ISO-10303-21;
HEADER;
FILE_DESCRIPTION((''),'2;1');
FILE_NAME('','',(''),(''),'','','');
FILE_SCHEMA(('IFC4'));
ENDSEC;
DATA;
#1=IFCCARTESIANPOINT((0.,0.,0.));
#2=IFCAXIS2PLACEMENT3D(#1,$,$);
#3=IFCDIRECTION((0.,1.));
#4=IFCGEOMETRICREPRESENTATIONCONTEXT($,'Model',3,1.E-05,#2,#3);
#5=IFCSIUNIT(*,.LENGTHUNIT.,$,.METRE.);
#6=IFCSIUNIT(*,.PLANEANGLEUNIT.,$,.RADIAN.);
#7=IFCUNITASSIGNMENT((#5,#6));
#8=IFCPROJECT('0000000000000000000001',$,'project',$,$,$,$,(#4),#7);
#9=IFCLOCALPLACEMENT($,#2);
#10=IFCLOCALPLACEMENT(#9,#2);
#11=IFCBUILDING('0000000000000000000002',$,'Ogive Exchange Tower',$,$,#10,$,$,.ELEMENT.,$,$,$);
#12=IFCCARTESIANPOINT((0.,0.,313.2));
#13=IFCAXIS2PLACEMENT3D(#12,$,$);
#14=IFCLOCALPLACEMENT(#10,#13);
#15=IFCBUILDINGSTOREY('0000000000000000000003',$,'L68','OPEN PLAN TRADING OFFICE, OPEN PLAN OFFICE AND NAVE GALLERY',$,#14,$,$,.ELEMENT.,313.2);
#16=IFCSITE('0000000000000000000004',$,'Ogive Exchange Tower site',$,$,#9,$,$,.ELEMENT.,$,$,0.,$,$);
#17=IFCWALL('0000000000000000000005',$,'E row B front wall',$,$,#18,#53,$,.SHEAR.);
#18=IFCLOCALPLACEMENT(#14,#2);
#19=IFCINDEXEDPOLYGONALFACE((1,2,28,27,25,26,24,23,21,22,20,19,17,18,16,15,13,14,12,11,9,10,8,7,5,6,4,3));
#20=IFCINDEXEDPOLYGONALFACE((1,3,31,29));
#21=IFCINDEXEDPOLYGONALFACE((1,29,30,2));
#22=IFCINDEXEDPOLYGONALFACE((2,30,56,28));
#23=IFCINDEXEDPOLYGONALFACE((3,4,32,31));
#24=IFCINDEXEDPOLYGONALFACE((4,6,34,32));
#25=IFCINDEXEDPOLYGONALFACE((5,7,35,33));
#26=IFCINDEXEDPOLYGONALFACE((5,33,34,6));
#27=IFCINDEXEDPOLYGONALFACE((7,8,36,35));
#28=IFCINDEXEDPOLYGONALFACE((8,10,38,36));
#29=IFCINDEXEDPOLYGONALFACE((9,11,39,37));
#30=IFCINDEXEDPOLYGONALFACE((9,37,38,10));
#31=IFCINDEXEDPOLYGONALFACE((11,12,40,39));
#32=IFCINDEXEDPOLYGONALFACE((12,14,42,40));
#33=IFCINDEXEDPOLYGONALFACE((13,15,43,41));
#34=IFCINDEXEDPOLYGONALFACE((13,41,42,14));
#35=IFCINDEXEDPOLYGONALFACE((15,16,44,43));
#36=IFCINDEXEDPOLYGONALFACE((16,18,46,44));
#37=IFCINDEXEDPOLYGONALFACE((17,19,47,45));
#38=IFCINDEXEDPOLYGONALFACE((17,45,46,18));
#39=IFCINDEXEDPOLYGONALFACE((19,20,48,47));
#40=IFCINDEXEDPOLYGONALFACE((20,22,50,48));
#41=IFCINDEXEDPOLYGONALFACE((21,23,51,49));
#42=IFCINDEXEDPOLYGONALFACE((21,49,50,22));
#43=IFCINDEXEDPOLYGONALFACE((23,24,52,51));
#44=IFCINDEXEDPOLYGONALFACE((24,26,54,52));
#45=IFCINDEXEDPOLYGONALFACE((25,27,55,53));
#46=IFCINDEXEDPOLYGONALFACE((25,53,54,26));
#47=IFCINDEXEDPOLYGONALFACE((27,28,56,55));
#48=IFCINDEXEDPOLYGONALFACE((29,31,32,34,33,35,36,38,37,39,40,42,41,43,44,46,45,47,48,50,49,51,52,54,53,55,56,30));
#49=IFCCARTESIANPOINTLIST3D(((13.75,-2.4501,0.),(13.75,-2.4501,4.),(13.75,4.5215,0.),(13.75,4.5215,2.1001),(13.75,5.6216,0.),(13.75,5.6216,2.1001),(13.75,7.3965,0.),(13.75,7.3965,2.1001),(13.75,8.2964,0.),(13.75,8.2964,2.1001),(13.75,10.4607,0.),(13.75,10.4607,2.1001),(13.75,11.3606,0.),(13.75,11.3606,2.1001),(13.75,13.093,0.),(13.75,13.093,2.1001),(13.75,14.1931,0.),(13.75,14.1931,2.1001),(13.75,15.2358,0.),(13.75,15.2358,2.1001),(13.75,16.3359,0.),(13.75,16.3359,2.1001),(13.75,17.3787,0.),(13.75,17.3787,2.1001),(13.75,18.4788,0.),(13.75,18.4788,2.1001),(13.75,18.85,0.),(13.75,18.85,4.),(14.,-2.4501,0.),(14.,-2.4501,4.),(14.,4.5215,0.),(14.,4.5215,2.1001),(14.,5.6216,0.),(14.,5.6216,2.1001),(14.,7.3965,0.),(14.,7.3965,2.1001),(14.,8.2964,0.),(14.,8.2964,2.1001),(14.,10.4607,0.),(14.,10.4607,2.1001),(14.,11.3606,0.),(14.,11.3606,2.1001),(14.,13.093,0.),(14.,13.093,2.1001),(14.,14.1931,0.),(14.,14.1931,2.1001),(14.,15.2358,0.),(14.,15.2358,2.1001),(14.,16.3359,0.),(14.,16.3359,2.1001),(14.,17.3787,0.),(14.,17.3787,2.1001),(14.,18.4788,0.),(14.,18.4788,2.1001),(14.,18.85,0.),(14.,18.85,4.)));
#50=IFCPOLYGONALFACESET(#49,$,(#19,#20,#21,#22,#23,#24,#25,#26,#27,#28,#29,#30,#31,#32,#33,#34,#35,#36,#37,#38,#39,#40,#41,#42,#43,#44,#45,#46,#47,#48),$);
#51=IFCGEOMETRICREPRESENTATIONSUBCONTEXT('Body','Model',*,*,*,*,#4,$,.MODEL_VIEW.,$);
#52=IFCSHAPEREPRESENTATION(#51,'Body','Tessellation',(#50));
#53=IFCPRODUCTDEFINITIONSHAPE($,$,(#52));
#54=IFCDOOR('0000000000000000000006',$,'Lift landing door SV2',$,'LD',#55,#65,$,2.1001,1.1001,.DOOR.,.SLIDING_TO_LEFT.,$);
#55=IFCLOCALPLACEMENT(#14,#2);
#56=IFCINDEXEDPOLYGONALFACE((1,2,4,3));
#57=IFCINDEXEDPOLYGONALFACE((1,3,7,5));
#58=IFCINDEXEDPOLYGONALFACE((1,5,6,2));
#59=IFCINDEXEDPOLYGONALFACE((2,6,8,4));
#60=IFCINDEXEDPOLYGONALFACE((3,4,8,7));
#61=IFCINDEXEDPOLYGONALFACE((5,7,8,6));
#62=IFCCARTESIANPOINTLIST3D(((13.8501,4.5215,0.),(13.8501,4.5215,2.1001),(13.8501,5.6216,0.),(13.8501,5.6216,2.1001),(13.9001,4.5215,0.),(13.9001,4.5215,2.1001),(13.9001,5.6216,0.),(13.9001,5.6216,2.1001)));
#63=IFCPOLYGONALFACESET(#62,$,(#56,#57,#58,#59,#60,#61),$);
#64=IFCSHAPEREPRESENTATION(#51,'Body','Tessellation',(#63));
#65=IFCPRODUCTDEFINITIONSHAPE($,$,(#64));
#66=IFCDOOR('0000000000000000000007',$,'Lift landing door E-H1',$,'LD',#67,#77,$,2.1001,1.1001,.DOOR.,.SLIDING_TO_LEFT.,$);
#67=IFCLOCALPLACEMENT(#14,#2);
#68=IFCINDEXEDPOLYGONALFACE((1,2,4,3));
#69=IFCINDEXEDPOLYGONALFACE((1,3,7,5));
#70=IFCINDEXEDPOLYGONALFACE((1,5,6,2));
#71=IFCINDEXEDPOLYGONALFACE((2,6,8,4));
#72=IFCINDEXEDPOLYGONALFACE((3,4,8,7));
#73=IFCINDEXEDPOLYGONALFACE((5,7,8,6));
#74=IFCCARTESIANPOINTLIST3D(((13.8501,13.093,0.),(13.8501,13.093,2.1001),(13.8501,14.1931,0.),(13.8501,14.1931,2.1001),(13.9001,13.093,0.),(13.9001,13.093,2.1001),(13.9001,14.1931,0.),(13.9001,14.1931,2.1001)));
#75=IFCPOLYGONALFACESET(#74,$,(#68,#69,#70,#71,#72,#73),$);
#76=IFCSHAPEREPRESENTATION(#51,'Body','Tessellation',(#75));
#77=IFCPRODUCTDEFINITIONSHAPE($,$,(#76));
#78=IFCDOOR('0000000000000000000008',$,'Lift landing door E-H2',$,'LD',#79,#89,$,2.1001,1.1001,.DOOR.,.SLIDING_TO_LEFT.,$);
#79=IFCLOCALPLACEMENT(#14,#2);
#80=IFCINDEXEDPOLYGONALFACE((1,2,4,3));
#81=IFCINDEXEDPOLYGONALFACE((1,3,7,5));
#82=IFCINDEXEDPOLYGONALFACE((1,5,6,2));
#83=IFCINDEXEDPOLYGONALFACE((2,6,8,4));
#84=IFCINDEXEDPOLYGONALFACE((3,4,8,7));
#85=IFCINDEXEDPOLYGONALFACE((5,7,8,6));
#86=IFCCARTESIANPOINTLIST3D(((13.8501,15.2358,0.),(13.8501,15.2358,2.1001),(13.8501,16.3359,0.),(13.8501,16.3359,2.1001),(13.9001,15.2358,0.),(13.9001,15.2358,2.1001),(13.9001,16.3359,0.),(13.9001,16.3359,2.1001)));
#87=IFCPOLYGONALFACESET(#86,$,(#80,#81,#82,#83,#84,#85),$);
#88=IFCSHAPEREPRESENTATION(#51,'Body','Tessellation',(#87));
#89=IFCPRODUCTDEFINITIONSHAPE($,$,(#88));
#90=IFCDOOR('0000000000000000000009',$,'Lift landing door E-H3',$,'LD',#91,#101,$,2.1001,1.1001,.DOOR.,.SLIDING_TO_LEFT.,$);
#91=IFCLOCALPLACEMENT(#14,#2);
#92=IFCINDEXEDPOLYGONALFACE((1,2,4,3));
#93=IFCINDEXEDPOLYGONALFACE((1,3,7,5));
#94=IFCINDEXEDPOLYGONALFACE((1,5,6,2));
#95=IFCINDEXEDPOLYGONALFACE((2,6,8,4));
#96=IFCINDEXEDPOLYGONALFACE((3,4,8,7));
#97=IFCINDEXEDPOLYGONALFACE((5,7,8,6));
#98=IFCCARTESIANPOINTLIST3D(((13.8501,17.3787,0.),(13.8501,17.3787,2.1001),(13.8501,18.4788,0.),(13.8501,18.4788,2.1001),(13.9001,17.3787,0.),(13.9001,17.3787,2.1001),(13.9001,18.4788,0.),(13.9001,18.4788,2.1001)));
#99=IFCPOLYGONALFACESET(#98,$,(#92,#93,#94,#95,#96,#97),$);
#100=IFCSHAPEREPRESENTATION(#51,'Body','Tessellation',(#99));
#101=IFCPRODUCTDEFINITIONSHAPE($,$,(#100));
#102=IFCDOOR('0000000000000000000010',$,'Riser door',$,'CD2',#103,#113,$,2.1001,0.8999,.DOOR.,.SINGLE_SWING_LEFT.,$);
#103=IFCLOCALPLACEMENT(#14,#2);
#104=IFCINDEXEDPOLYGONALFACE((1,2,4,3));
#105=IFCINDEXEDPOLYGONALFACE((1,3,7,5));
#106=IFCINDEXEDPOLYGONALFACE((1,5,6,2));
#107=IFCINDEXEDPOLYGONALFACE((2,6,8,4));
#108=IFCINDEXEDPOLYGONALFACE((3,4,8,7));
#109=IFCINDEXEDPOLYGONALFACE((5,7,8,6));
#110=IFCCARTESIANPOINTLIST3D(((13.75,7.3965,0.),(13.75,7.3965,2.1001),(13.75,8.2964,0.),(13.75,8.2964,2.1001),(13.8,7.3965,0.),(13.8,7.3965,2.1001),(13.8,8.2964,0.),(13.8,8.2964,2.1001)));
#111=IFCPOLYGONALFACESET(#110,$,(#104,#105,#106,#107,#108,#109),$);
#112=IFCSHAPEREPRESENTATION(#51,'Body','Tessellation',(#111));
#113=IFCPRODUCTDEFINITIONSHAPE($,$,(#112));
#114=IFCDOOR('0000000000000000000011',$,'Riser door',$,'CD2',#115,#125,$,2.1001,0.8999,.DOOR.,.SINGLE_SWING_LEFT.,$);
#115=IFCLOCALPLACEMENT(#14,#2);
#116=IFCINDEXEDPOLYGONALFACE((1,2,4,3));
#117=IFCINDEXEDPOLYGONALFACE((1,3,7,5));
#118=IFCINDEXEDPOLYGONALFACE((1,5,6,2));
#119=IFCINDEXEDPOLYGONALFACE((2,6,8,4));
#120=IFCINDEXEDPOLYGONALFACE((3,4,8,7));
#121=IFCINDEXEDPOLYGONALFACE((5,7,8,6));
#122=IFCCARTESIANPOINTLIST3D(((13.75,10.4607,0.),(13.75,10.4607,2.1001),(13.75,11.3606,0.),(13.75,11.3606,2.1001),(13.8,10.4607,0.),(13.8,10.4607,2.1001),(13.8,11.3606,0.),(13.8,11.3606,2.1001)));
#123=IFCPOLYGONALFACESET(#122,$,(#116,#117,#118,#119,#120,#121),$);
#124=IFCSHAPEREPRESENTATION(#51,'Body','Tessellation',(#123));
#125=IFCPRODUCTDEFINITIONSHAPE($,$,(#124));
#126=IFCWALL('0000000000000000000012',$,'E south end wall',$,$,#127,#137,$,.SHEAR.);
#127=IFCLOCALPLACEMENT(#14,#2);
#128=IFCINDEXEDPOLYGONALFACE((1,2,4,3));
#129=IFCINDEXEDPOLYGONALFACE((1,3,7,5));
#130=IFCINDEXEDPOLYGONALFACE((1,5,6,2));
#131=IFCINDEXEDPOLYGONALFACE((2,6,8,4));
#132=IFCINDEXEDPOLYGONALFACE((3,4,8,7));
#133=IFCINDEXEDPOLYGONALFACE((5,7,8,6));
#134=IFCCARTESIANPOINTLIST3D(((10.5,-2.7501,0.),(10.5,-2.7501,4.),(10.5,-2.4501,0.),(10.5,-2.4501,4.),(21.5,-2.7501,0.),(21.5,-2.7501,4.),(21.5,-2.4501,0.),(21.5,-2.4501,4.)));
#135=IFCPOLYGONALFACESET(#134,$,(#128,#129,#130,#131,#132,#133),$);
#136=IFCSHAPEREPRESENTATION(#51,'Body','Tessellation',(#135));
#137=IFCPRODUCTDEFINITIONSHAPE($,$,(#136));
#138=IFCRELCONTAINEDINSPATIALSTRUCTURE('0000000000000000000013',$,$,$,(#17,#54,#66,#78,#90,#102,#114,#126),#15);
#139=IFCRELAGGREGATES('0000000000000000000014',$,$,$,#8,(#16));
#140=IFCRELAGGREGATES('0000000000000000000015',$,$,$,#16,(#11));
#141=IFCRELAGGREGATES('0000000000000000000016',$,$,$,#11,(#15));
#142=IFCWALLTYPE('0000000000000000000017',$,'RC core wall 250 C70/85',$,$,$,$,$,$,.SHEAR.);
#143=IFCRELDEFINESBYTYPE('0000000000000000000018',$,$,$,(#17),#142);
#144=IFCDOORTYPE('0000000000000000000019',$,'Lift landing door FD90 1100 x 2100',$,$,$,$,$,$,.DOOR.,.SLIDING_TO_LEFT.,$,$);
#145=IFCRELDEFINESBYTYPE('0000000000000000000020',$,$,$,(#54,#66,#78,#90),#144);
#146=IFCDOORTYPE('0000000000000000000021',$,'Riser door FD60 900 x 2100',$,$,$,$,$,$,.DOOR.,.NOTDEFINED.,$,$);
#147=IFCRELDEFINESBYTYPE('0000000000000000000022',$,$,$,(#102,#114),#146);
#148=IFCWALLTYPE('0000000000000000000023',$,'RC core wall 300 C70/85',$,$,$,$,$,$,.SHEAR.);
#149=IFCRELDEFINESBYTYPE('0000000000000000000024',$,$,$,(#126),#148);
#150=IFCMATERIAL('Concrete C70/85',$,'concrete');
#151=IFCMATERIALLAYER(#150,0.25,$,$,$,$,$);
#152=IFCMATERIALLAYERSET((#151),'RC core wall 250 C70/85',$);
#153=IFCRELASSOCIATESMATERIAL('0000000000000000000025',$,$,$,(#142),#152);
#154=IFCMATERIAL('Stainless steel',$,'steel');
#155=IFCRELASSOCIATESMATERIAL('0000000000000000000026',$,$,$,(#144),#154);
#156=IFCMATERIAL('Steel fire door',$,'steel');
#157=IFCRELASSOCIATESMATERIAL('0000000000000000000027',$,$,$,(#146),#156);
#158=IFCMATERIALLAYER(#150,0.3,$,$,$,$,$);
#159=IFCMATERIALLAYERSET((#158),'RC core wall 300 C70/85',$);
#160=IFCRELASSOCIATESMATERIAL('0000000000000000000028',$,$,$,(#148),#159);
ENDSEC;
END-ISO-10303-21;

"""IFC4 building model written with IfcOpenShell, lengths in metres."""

from ifc_helpers import new_model, si_unit, direction, frame, frame_2d, origin, place, context, subcontext, project, spatial, rectangle, extrude, material, layer, layer_set, type_object, element, fill, save


model = new_model("IFC4")

# Units and contexts
model_context = context("Model", 3, precision=1e-05, world=origin(), true_north=direction((0.0, 1.0)))
body_context = subcontext(model_context, "Body", "Model", "MODEL_VIEW")
ifc_project = project(units=[si_unit("LENGTHUNIT", "METRE"), si_unit("PLANEANGLEUNIT", "RADIAN")], contexts=[model_context])

# Site, building, storey
site_placement = place(None, origin())
site = spatial("IfcSite", under=ifc_project, at=site_placement, Name="Ogive Exchange Tower site", CompositionType="ELEMENT", RefElevation=0.0)
building_placement = place(site_placement, origin())
building = spatial("IfcBuilding", under=site, at=building_placement, Name="Ogive Exchange Tower", CompositionType="ELEMENT")
storey_placement = place(building_placement, frame((0.0, 0.0, 313.2)))
storey = spatial("IfcBuildingStorey", under=building, at=storey_placement, Name="L68", Description="OPEN PLAN TRADING OFFICE, OPEN PLAN OFFICE AND NAVE GALLERY", CompositionType="ELEMENT", Elevation=313.2)

# Shared definitions
ifc_material_1 = material(Name="Concrete C70/85", Category="concrete")

# Wall, openings, doors
ifc_layer_1 = layer(ifc_material_1, 0.25)
ifc_layer_set_1 = layer_set([ifc_layer_1], Name="RC core wall 250 C70/85")
wall_type_1 = type_object("IfcWallType", Name="RC core wall 250 C70/85", PredefinedType="SHEAR", material=ifc_layer_set_1)
wall_1_placement = place(storey_placement, frame((13.875, -2.45, 0.0), z_axis=(0.0, 0.0, 1.0), x_axis=(0.0, 1.0, 0.0)))
wall_1 = element("IfcWall", 1, at=wall_1_placement, inside=storey, type_object=wall_type_1, Name="E row B front wall", PredefinedType="SHEAR", context=body_context, shape_type="SweptSolid", body=[
    extrude(rectangle(XDim=21.3, YDim=0.25, at=frame_2d((10.6499, 0.0))), origin(), (0.0, 0.0, 1.0), 4.0),
])
opening_1_placement = place(wall_1_placement, frame((9.8464, 0.0, 0.0)))
opening_1 = element("IfcOpeningElement", 2, at=opening_1_placement, cuts=wall_1, PredefinedType="OPENING", context=body_context, shape_type="SweptSolid", body=[
    extrude(rectangle(XDim=0.8999, YDim=2.1001, at=frame_2d((0.45, 1.05))), frame((0.0, 0.135, 0.0), z_axis=(0.0, -1.0, 0.0), x_axis=(1.0, 0.0, 0.0)), (0.0, 0.0, 1.0), 0.27),
])
opening_2_placement = place(wall_1_placement, frame((12.9106, 0.0, 0.0)))
opening_2 = element("IfcOpeningElement", 3, at=opening_2_placement, cuts=wall_1, PredefinedType="OPENING", context=body_context, shape_type="SweptSolid", body=[
    extrude(rectangle(XDim=0.8999, YDim=2.1001, at=frame_2d((0.45, 1.05))), frame((0.0, 0.135, 0.0), z_axis=(0.0, -1.0, 0.0), x_axis=(1.0, 0.0, 0.0)), (0.0, 0.0, 1.0), 0.27),
])
opening_3_placement = place(wall_1_placement, frame((6.9714, 0.0, 0.0)))
opening_3 = element("IfcOpeningElement", 4, at=opening_3_placement, cuts=wall_1, PredefinedType="OPENING", context=body_context, shape_type="SweptSolid", body=[
    extrude(rectangle(XDim=1.1001, YDim=2.1001, at=frame_2d((0.55, 1.05))), frame((0.0, 0.135, 0.0), z_axis=(0.0, -1.0, 0.0), x_axis=(1.0, 0.0, 0.0)), (0.0, 0.0, 1.0), 0.27),
])
opening_4_placement = place(wall_1_placement, frame((15.543, 0.0, 0.0)))
opening_4 = element("IfcOpeningElement", 5, at=opening_4_placement, cuts=wall_1, PredefinedType="OPENING", context=body_context, shape_type="SweptSolid", body=[
    extrude(rectangle(XDim=1.1001, YDim=2.1001, at=frame_2d((0.55, 1.05))), frame((0.0, 0.135, 0.0), z_axis=(0.0, -1.0, 0.0), x_axis=(1.0, 0.0, 0.0)), (0.0, 0.0, 1.0), 0.27),
])
opening_5_placement = place(wall_1_placement, frame((17.6858, 0.0, 0.0)))
opening_5 = element("IfcOpeningElement", 6, at=opening_5_placement, cuts=wall_1, PredefinedType="OPENING", context=body_context, shape_type="SweptSolid", body=[
    extrude(rectangle(XDim=1.1001, YDim=2.1001, at=frame_2d((0.55, 1.05))), frame((0.0, 0.135, 0.0), z_axis=(0.0, -1.0, 0.0), x_axis=(1.0, 0.0, 0.0)), (0.0, 0.0, 1.0), 0.27),
])
opening_6_placement = place(wall_1_placement, frame((19.8286, 0.0, 0.0)))
opening_6 = element("IfcOpeningElement", 7, at=opening_6_placement, cuts=wall_1, PredefinedType="OPENING", context=body_context, shape_type="SweptSolid", body=[
    extrude(rectangle(XDim=1.1001, YDim=2.1001, at=frame_2d((0.55, 1.05))), frame((0.0, 0.135, 0.0), z_axis=(0.0, -1.0, 0.0), x_axis=(1.0, 0.0, 0.0)), (0.0, 0.0, 1.0), 0.27),
])
ifc_material_2 = material(Name="Stainless steel", Category="steel")
door_type_1 = type_object("IfcDoorType", Name="Lift landing door FD90 1100 x 2100", OperationType="SLIDING_TO_LEFT", PredefinedType="DOOR", material=ifc_material_2)
door_1_placement = place(opening_3_placement, origin())
door_1 = element("IfcDoor", 8, at=door_1_placement, inside=storey, type_object=door_type_1, Name="Lift landing door SV2", ObjectType="LD", OperationType="SLIDING_TO_LEFT", OverallHeight=2.1001, OverallWidth=1.1001, PredefinedType="DOOR", context=body_context, shape_type="SweptSolid", body=[
    extrude(rectangle(XDim=1.1001, YDim=2.1001, at=frame_2d((0.55, 1.05))), frame((0.0, 0.0249, 0.0), z_axis=(0.0, -1.0, 0.0), x_axis=(1.0, 0.0, 0.0)), (0.0, 0.0, 1.0), 0.05),
])
fill(opening_3, door_1)
door_2_placement = place(opening_4_placement, origin())
door_2 = element("IfcDoor", 9, at=door_2_placement, inside=storey, type_object=door_type_1, Name="Lift landing door E-H1", ObjectType="LD", OperationType="SLIDING_TO_LEFT", OverallHeight=2.1001, OverallWidth=1.1001, PredefinedType="DOOR", context=body_context, shape_type="SweptSolid", body=[
    extrude(rectangle(XDim=1.1001, YDim=2.1001, at=frame_2d((0.55, 1.05))), frame((0.0, 0.0249, 0.0), z_axis=(0.0, -1.0, 0.0), x_axis=(1.0, 0.0, 0.0)), (0.0, 0.0, 1.0), 0.05),
])
fill(opening_4, door_2)
door_3_placement = place(opening_5_placement, origin())
door_3 = element("IfcDoor", 10, at=door_3_placement, inside=storey, type_object=door_type_1, Name="Lift landing door E-H2", ObjectType="LD", OperationType="SLIDING_TO_LEFT", OverallHeight=2.1001, OverallWidth=1.1001, PredefinedType="DOOR", context=body_context, shape_type="SweptSolid", body=[
    extrude(rectangle(XDim=1.1001, YDim=2.1001, at=frame_2d((0.55, 1.05))), frame((0.0, 0.0249, 0.0), z_axis=(0.0, -1.0, 0.0), x_axis=(1.0, 0.0, 0.0)), (0.0, 0.0, 1.0), 0.05),
])
fill(opening_5, door_3)
door_4_placement = place(opening_6_placement, origin())
door_4 = element("IfcDoor", 11, at=door_4_placement, inside=storey, type_object=door_type_1, Name="Lift landing door E-H3", ObjectType="LD", OperationType="SLIDING_TO_LEFT", OverallHeight=2.1001, OverallWidth=1.1001, PredefinedType="DOOR", context=body_context, shape_type="SweptSolid", body=[
    extrude(rectangle(XDim=1.1001, YDim=2.1001, at=frame_2d((0.55, 1.05))), frame((0.0, 0.0249, 0.0), z_axis=(0.0, -1.0, 0.0), x_axis=(1.0, 0.0, 0.0)), (0.0, 0.0, 1.0), 0.05),
])
fill(opening_6, door_4)
ifc_material_3 = material(Name="Steel fire door", Category="steel")
door_type_2 = type_object("IfcDoorType", Name="Riser door FD60 900 x 2100", OperationType="NOTDEFINED", PredefinedType="DOOR", material=ifc_material_3)
door_5_placement = place(opening_1_placement, origin())
door_5 = element("IfcDoor", 12, at=door_5_placement, inside=storey, type_object=door_type_2, Name="Riser door", ObjectType="CD2", OperationType="SINGLE_SWING_LEFT", OverallHeight=2.1001, OverallWidth=0.8999, PredefinedType="DOOR", context=body_context, shape_type="SweptSolid", body=[
    extrude(rectangle(XDim=0.8999, YDim=2.1001, at=frame_2d((0.45, 1.05))), frame((0.0, 0.125, 0.0), z_axis=(0.0, -1.0, 0.0), x_axis=(1.0, 0.0, 0.0)), (0.0, 0.0, 1.0), 0.05),
])
fill(opening_1, door_5)
door_6_placement = place(opening_2_placement, origin())
door_6 = element("IfcDoor", 13, at=door_6_placement, inside=storey, type_object=door_type_2, Name="Riser door", ObjectType="CD2", OperationType="SINGLE_SWING_LEFT", OverallHeight=2.1001, OverallWidth=0.8999, PredefinedType="DOOR", context=body_context, shape_type="SweptSolid", body=[
    extrude(rectangle(XDim=0.8999, YDim=2.1001, at=frame_2d((0.45, 1.05))), frame((0.0, 0.125, 0.0), z_axis=(0.0, -1.0, 0.0), x_axis=(1.0, 0.0, 0.0)), (0.0, 0.0, 1.0), 0.05),
])
fill(opening_2, door_6)

# Wall
ifc_layer_2 = layer(ifc_material_1, 0.3)
ifc_layer_set_2 = layer_set([ifc_layer_2], Name="RC core wall 300 C70/85")
wall_type_2 = type_object("IfcWallType", Name="RC core wall 300 C70/85", PredefinedType="SHEAR", material=ifc_layer_set_2)
wall_2_placement = place(storey_placement, frame((10.5, -2.6001, 0.0), z_axis=(0.0, 0.0, 1.0), x_axis=(1.0, 0.0, 0.0)))
element("IfcWall", 14, at=wall_2_placement, inside=storey, type_object=wall_type_2, Name="E south end wall", PredefinedType="SHEAR", context=body_context, shape_type="SweptSolid", body=[
    extrude(rectangle(XDim=11.0, YDim=0.3, at=frame_2d((5.5, 0.0))), origin(), (0.0, 0.0, 1.0), 4.0),
])

save(model, "model.ifc")
